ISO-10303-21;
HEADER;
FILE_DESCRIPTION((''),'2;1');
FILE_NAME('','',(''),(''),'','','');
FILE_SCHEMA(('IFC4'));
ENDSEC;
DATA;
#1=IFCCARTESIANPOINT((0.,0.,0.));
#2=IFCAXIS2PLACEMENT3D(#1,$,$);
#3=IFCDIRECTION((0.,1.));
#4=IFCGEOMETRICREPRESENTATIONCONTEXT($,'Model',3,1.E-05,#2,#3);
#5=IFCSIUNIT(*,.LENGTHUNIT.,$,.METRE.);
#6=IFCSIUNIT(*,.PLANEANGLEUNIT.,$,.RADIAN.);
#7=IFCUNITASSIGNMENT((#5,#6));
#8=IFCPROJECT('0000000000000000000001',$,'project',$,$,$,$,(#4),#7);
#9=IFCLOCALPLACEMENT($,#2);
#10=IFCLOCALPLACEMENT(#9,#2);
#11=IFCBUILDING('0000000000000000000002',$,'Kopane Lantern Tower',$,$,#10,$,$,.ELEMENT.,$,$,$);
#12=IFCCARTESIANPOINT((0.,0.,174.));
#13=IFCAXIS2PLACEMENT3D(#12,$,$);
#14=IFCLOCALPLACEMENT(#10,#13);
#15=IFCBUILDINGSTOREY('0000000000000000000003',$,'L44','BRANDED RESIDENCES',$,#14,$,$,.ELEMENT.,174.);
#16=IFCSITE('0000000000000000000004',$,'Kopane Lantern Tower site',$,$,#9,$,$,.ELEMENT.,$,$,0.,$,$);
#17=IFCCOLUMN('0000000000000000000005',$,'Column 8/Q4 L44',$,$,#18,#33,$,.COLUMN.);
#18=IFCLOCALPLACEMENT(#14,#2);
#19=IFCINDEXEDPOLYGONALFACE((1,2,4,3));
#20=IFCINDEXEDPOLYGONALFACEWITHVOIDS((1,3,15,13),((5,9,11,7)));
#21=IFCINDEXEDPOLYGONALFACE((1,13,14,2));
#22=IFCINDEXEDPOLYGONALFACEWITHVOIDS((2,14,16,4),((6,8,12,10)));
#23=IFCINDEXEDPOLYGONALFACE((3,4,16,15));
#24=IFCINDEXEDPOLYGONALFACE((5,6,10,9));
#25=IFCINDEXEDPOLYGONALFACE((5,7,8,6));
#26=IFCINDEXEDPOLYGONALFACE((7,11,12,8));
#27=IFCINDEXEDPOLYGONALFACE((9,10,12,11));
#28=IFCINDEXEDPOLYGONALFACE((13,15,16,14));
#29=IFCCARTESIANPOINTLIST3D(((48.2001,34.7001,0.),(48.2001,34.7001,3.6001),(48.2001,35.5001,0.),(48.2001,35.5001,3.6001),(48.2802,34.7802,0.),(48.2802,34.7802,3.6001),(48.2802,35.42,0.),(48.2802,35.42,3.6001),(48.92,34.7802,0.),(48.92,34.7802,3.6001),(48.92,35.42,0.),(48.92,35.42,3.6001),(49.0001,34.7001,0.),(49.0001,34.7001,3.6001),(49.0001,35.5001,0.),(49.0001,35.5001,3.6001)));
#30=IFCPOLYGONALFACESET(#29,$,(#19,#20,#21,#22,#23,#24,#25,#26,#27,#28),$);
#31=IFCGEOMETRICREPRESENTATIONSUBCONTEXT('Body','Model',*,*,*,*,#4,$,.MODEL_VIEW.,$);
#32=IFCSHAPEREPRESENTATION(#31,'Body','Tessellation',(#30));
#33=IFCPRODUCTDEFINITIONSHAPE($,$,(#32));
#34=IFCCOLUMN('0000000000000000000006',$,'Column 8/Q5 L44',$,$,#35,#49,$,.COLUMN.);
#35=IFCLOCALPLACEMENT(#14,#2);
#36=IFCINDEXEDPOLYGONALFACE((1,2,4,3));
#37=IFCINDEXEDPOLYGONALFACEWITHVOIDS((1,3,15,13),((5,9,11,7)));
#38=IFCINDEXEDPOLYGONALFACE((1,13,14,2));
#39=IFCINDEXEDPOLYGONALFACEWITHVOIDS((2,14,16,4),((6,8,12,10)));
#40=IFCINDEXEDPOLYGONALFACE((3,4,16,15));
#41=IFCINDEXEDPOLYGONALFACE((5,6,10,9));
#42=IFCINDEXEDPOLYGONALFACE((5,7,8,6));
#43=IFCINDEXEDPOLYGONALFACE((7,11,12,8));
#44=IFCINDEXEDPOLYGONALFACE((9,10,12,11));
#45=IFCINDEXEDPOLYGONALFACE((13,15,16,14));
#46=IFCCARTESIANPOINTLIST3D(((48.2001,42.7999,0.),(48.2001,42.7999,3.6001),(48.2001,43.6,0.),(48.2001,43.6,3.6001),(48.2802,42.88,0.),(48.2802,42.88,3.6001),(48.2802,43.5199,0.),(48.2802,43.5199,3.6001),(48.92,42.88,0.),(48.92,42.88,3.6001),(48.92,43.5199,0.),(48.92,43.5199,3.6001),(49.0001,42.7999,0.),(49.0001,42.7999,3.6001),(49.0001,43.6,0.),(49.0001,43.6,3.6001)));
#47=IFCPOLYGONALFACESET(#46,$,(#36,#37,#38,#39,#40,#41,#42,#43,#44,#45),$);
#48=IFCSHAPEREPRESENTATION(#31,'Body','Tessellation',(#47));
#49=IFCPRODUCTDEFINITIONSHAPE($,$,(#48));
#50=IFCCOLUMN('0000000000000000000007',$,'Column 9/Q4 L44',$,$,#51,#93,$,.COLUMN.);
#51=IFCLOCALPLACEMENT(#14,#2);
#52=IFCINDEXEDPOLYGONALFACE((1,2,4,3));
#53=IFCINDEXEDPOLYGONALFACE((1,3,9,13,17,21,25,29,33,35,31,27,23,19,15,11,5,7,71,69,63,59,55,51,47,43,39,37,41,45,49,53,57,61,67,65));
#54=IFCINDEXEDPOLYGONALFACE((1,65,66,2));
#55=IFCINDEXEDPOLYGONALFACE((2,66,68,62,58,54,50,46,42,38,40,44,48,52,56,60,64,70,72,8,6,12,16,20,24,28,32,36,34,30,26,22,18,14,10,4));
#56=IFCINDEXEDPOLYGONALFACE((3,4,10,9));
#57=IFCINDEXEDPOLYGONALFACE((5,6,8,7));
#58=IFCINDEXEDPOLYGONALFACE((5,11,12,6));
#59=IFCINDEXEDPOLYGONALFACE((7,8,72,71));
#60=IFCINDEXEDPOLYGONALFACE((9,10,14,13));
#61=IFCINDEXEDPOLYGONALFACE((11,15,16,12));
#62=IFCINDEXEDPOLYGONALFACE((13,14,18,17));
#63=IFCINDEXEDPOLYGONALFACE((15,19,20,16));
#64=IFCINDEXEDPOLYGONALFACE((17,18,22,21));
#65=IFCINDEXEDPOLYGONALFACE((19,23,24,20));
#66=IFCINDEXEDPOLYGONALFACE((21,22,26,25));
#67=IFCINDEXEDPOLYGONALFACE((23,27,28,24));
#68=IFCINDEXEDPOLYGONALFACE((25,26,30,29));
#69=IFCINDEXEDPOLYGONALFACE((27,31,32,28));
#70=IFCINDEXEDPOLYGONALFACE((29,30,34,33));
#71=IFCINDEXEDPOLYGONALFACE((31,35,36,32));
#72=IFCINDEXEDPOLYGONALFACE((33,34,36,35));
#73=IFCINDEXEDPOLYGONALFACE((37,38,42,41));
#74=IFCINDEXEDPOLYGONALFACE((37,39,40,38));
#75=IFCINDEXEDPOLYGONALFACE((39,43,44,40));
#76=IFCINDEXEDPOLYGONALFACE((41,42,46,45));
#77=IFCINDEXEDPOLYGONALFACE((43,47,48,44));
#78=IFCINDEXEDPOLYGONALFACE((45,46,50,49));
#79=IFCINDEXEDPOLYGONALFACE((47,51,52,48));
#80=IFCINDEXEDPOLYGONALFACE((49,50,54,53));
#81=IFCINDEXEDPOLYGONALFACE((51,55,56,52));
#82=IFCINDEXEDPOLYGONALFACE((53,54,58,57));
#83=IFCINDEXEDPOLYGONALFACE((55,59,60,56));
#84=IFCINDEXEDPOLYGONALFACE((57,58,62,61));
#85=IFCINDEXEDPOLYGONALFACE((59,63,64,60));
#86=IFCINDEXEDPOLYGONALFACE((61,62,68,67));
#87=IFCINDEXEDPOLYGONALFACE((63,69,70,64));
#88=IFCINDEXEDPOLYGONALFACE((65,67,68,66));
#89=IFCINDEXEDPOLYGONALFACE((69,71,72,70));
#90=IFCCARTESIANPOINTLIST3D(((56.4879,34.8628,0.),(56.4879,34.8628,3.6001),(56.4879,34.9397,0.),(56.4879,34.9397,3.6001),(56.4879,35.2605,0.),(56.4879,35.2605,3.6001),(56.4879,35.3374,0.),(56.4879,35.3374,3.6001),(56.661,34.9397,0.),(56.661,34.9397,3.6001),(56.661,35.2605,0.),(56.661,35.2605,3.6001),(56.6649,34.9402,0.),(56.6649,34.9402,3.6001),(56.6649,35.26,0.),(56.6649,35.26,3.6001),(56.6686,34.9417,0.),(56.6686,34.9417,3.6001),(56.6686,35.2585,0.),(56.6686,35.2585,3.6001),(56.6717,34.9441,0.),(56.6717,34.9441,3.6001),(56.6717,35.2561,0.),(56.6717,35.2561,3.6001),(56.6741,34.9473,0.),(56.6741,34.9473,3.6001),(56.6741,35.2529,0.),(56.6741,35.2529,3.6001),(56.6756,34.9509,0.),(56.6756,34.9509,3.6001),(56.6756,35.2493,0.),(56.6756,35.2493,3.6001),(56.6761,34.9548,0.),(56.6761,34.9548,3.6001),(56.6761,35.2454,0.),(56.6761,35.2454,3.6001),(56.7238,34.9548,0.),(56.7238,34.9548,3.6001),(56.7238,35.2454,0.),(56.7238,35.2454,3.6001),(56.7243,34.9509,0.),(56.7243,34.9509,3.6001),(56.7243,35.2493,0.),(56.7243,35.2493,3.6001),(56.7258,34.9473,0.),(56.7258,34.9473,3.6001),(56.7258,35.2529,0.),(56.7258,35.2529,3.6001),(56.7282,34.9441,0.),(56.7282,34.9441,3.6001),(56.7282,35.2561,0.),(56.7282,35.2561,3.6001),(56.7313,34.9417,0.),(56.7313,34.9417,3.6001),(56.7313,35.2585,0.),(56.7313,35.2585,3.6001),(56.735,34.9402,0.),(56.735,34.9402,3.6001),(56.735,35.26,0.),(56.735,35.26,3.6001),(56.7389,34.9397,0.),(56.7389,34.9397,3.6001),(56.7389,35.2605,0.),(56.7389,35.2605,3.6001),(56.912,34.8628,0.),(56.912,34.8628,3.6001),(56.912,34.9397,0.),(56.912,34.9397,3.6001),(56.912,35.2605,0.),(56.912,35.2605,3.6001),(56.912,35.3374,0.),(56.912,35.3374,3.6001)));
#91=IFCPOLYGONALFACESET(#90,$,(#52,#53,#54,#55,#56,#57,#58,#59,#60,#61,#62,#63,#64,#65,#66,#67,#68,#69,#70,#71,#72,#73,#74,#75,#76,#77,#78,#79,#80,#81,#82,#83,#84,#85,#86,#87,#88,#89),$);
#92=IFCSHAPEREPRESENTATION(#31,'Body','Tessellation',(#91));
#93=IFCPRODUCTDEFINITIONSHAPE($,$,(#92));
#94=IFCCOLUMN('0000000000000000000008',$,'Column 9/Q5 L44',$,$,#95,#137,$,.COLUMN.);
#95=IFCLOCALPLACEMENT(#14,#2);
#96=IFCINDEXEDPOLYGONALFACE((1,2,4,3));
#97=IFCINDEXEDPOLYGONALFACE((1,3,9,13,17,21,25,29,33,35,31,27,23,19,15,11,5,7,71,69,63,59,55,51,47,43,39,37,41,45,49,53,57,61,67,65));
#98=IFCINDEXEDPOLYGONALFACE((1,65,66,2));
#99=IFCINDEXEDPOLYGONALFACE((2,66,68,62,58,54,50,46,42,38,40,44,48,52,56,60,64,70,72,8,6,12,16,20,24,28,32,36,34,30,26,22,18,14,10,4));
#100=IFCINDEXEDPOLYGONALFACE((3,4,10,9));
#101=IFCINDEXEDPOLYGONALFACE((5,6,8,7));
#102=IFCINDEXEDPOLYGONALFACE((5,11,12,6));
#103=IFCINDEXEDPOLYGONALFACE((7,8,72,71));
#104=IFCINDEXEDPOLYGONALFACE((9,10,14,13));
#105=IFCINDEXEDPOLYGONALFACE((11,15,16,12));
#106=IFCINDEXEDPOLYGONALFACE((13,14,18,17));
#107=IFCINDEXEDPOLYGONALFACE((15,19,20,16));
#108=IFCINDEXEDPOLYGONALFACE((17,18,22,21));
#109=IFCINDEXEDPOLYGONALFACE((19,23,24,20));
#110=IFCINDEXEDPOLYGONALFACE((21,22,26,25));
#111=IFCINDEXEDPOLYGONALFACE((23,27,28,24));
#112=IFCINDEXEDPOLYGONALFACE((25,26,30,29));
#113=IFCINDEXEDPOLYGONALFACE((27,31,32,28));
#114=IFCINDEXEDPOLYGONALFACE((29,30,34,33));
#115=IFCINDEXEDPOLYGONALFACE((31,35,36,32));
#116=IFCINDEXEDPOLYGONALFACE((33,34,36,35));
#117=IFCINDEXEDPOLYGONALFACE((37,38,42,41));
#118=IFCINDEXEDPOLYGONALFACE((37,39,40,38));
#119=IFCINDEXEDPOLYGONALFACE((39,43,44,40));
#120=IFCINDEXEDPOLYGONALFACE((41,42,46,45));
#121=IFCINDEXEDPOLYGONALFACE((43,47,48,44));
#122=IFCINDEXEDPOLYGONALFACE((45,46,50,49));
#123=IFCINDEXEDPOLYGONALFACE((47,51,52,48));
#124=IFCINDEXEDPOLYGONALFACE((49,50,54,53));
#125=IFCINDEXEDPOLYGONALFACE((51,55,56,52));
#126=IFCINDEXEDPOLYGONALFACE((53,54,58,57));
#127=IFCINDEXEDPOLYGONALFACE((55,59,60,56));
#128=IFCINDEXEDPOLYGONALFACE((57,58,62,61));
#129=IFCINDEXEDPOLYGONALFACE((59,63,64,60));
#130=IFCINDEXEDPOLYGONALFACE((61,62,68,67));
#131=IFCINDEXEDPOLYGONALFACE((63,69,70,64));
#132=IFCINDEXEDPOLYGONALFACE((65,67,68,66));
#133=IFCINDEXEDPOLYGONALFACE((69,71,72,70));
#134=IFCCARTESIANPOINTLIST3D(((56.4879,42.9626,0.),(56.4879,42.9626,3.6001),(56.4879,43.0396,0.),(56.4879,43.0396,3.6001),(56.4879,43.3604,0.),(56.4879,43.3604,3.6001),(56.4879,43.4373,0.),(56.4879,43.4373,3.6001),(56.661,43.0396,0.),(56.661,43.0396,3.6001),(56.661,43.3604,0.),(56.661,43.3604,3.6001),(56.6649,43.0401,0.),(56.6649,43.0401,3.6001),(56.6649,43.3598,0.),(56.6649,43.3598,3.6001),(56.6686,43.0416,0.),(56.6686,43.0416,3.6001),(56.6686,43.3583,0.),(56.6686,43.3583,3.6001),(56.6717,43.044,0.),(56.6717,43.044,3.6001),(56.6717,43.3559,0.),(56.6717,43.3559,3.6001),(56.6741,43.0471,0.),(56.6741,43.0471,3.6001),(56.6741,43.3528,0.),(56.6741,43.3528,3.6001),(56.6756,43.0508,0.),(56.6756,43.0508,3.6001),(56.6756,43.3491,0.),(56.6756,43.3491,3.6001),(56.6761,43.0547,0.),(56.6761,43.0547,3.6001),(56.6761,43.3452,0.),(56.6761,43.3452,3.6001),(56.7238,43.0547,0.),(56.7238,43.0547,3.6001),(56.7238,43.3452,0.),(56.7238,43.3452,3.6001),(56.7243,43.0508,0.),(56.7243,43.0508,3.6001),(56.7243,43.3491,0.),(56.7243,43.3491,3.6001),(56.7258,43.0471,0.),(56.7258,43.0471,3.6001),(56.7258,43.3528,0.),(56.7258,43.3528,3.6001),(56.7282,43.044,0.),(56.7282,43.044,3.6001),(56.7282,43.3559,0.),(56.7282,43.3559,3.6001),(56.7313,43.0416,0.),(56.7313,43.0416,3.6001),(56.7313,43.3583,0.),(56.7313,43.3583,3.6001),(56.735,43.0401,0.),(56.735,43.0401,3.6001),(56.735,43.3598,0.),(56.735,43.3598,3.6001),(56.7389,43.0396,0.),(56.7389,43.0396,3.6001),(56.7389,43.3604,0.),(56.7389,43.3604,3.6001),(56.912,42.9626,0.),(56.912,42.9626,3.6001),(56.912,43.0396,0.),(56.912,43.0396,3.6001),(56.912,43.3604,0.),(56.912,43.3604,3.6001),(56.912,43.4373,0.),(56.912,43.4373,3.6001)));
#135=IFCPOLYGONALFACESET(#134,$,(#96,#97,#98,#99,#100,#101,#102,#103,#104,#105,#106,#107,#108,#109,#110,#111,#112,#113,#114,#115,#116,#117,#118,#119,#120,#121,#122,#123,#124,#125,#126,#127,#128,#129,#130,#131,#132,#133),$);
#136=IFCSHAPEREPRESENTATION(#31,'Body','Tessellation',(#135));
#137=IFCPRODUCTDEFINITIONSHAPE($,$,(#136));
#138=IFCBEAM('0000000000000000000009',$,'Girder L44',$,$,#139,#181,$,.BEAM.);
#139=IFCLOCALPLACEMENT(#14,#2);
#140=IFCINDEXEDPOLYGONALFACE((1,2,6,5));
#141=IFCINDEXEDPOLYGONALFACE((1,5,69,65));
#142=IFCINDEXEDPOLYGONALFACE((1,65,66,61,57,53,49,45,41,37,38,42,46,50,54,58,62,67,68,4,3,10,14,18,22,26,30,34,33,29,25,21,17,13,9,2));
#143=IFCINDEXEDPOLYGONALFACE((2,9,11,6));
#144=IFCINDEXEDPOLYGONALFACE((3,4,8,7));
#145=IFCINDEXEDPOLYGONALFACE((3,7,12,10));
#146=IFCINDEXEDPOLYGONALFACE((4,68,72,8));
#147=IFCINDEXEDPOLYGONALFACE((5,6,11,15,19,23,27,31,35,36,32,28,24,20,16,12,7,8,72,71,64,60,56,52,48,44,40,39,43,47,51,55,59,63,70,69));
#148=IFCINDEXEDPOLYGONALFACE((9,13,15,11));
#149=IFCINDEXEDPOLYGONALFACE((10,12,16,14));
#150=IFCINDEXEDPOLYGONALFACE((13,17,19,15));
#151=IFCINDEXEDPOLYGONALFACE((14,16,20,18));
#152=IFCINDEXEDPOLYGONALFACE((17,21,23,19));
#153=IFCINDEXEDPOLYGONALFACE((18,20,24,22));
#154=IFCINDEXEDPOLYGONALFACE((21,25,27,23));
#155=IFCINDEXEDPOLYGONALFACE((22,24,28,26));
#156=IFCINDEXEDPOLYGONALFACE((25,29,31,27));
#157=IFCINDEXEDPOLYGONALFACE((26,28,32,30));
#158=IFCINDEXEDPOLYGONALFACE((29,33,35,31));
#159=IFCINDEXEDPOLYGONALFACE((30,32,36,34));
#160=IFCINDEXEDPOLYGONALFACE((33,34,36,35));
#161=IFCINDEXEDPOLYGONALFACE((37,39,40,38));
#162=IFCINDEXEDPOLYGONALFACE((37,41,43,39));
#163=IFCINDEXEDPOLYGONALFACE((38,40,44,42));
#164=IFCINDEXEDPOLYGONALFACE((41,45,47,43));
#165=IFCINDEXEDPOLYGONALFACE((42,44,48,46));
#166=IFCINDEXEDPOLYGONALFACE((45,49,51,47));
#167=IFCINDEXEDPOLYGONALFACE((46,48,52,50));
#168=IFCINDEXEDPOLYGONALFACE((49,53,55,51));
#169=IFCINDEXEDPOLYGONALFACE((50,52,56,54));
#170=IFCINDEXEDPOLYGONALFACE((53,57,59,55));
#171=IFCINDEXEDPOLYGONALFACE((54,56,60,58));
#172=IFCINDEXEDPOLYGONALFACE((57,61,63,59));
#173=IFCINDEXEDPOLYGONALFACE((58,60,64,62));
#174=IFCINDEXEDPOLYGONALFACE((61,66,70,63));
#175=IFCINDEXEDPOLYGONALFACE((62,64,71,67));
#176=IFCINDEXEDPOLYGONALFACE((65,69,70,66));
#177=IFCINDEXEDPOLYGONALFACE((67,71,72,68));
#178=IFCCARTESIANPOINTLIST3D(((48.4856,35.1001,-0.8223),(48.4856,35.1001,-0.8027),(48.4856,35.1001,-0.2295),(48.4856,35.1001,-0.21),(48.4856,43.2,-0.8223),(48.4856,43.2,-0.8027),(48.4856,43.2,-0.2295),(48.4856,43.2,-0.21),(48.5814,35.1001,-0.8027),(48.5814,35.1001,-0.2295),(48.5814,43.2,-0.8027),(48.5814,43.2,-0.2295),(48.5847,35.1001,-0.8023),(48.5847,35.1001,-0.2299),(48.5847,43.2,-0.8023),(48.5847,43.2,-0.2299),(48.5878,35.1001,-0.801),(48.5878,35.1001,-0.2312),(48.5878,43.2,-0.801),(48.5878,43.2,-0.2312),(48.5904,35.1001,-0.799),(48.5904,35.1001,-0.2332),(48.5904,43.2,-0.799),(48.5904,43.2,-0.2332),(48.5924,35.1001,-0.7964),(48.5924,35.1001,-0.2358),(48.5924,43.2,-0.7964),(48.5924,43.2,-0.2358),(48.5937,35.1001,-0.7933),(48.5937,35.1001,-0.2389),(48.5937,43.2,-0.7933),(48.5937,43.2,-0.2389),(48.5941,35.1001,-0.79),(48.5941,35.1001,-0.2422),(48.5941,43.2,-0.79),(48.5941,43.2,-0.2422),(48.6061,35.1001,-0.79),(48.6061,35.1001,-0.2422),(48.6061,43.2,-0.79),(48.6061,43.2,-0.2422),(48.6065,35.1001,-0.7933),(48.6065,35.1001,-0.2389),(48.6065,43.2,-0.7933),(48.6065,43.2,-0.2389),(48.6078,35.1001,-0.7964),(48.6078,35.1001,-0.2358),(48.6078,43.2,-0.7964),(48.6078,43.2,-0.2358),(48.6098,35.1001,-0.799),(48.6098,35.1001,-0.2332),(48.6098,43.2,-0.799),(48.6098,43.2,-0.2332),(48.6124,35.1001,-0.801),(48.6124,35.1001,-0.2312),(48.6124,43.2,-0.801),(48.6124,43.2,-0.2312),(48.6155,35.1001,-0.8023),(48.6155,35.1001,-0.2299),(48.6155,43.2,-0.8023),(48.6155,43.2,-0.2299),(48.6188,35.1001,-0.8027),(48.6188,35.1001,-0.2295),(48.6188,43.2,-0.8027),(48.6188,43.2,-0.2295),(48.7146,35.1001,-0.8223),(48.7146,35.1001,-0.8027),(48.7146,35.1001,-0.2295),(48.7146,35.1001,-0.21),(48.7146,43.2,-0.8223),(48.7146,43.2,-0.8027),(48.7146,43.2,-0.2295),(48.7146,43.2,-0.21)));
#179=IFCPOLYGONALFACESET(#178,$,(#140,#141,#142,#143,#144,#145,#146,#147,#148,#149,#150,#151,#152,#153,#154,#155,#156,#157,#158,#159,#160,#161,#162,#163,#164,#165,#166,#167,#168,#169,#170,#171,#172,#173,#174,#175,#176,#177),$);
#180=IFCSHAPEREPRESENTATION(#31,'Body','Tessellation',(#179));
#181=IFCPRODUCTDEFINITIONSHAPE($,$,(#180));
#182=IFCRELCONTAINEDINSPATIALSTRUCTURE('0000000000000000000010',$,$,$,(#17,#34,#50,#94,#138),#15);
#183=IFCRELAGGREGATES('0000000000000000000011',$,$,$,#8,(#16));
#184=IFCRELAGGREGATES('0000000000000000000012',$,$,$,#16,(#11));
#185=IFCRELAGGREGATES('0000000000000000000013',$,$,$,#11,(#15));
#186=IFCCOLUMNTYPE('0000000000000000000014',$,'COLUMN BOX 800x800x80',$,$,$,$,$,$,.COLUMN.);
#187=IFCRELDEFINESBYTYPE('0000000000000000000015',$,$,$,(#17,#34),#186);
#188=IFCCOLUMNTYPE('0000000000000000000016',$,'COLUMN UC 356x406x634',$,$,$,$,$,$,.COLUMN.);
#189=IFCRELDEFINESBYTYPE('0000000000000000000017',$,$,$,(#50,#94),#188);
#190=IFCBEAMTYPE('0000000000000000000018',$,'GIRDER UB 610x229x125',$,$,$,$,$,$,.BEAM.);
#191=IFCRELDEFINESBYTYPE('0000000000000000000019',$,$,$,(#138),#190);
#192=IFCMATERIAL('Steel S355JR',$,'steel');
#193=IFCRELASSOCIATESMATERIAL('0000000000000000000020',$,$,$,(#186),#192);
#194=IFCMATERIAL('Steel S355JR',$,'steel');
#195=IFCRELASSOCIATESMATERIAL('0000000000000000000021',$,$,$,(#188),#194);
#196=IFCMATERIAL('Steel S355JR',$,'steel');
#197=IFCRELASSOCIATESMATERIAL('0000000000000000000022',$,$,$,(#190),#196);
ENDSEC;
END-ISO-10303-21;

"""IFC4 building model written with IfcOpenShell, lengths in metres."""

from ifc_helpers import new_model, si_unit, direction, frame, origin, origin_2d, place, context, subcontext, project, spatial, hollow_rectangle, i_section, extrude, material, material_profile, profile_set, type_object, element, save


model = new_model("IFC4")

# Units and contexts
model_context = context("Model", 3, precision=1e-05, world=origin(), true_north=direction((0.0, 1.0)))
body_context = subcontext(model_context, "Body", "Model", "MODEL_VIEW")
ifc_project = project(units=[si_unit("LENGTHUNIT", "METRE"), si_unit("PLANEANGLEUNIT", "RADIAN")], contexts=[model_context])

# Site, building, storey
site_placement = place(None, origin())
site = spatial("IfcSite", under=ifc_project, at=site_placement, Name="Kopane Lantern Tower site", CompositionType="ELEMENT", RefElevation=0.0)
building_placement = place(site_placement, origin())
building = spatial("IfcBuilding", under=site, at=building_placement, Name="Kopane Lantern Tower", CompositionType="ELEMENT")
storey_placement = place(building_placement, frame((0.0, 0.0, 174.0)))
storey = spatial("IfcBuildingStorey", under=building, at=storey_placement, Name="L44", Description="BRANDED RESIDENCES", CompositionType="ELEMENT", Elevation=174.0)

# Columns
ifc_material_1 = material(Name="Steel S355JR", Category="steel")
ifc_material_profile_1 = material_profile(ifc_material_1, hollow_rectangle(XDim=0.8, YDim=0.8, WallThickness=0.0801, at=origin_2d()), Name="BOX 800x800x80")
ifc_profile_set_1 = profile_set([ifc_material_profile_1], Name="Steel S355JR")
column_type_1 = type_object("IfcColumnType", Name="COLUMN BOX 800x800x80", PredefinedType="COLUMN", material=ifc_profile_set_1)
for number, where, z_axis, x_axis, name in (
    (1, (48.6001, 35.1001, 0.0), (0.0, 0.0, 1.0), (1.0, 0.0, 0.0), "Column 8/Q4 L44"),
    (2, (48.6001, 43.2, 0.0), (0.0, 0.0, 1.0), (1.0, 0.0, 0.0), "Column 8/Q5 L44"),
):
    element("IfcColumn", number, at=place(storey_placement, frame(where, z_axis=z_axis, x_axis=x_axis)), inside=storey, type_object=column_type_1, Name=name, PredefinedType="COLUMN", context=body_context, shape_type="SweptSolid", body=[
        extrude(hollow_rectangle(XDim=0.8, YDim=0.8, WallThickness=0.0801, at=origin_2d()), origin(), (0.0, 0.0, 1.0), 3.6001),
    ])
ifc_material_2 = material(Name="Steel S355JR", Category="steel")
ifc_material_profile_2 = material_profile(ifc_material_2, i_section(OverallWidth=0.4241, OverallDepth=0.4746, WebThickness=0.0476, FlangeThickness=0.0769, FilletRadius=0.0151, at=origin_2d()), Name="UC 356x406x634")
ifc_profile_set_2 = profile_set([ifc_material_profile_2], Name="Steel S355JR")
column_type_2 = type_object("IfcColumnType", Name="COLUMN UC 356x406x634", PredefinedType="COLUMN", material=ifc_profile_set_2)
for number, where, z_axis, x_axis, name in (
    (3, (56.7, 35.1001, 0.0), (0.0, 0.0, 1.0), (1.0, 0.0, 0.0), "Column 9/Q4 L44"),
    (4, (56.7, 43.2, 0.0), (0.0, 0.0, 1.0), (1.0, 0.0, 0.0), "Column 9/Q5 L44"),
):
    element("IfcColumn", number, at=place(storey_placement, frame(where, z_axis=z_axis, x_axis=x_axis)), inside=storey, type_object=column_type_2, Name=name, PredefinedType="COLUMN", context=body_context, shape_type="SweptSolid", body=[
        extrude(i_section(OverallWidth=0.4241, OverallDepth=0.4746, WebThickness=0.0476, FlangeThickness=0.0769, FilletRadius=0.0151, at=origin_2d()), origin(), (0.0, 0.0, 1.0), 3.6001),
    ])

# Beam
ifc_material_3 = material(Name="Steel S355JR", Category="steel")
ifc_material_profile_3 = material_profile(ifc_material_3, i_section(OverallWidth=0.229, OverallDepth=0.6123, WebThickness=0.012, FlangeThickness=0.0195, FilletRadius=0.0127, at=origin_2d()), Name="UB 610x229x125")
ifc_profile_set_3 = profile_set([ifc_material_profile_3], Name="Steel S355JR")
beam_type = type_object("IfcBeamType", Name="GIRDER UB 610x229x125", PredefinedType="BEAM", material=ifc_profile_set_3)
for number, where, z_axis, x_axis, name in (
    (5, (48.6001, 35.1001, -0.5161), (0.0, 1.0, 0.0), (-1.0, 0.0, 0.0), "Girder L44"),
):
    element("IfcBeam", number, at=place(storey_placement, frame(where, z_axis=z_axis, x_axis=x_axis)), inside=storey, type_object=beam_type, Name=name, PredefinedType="BEAM", context=body_context, shape_type="SweptSolid", body=[
        extrude(i_section(OverallWidth=0.229, OverallDepth=0.6123, WebThickness=0.012, FlangeThickness=0.0195, FilletRadius=0.0127, at=origin_2d()), origin(), (0.0, 0.0, 1.0), 8.0999),
    ])

save(model, "model.ifc")
